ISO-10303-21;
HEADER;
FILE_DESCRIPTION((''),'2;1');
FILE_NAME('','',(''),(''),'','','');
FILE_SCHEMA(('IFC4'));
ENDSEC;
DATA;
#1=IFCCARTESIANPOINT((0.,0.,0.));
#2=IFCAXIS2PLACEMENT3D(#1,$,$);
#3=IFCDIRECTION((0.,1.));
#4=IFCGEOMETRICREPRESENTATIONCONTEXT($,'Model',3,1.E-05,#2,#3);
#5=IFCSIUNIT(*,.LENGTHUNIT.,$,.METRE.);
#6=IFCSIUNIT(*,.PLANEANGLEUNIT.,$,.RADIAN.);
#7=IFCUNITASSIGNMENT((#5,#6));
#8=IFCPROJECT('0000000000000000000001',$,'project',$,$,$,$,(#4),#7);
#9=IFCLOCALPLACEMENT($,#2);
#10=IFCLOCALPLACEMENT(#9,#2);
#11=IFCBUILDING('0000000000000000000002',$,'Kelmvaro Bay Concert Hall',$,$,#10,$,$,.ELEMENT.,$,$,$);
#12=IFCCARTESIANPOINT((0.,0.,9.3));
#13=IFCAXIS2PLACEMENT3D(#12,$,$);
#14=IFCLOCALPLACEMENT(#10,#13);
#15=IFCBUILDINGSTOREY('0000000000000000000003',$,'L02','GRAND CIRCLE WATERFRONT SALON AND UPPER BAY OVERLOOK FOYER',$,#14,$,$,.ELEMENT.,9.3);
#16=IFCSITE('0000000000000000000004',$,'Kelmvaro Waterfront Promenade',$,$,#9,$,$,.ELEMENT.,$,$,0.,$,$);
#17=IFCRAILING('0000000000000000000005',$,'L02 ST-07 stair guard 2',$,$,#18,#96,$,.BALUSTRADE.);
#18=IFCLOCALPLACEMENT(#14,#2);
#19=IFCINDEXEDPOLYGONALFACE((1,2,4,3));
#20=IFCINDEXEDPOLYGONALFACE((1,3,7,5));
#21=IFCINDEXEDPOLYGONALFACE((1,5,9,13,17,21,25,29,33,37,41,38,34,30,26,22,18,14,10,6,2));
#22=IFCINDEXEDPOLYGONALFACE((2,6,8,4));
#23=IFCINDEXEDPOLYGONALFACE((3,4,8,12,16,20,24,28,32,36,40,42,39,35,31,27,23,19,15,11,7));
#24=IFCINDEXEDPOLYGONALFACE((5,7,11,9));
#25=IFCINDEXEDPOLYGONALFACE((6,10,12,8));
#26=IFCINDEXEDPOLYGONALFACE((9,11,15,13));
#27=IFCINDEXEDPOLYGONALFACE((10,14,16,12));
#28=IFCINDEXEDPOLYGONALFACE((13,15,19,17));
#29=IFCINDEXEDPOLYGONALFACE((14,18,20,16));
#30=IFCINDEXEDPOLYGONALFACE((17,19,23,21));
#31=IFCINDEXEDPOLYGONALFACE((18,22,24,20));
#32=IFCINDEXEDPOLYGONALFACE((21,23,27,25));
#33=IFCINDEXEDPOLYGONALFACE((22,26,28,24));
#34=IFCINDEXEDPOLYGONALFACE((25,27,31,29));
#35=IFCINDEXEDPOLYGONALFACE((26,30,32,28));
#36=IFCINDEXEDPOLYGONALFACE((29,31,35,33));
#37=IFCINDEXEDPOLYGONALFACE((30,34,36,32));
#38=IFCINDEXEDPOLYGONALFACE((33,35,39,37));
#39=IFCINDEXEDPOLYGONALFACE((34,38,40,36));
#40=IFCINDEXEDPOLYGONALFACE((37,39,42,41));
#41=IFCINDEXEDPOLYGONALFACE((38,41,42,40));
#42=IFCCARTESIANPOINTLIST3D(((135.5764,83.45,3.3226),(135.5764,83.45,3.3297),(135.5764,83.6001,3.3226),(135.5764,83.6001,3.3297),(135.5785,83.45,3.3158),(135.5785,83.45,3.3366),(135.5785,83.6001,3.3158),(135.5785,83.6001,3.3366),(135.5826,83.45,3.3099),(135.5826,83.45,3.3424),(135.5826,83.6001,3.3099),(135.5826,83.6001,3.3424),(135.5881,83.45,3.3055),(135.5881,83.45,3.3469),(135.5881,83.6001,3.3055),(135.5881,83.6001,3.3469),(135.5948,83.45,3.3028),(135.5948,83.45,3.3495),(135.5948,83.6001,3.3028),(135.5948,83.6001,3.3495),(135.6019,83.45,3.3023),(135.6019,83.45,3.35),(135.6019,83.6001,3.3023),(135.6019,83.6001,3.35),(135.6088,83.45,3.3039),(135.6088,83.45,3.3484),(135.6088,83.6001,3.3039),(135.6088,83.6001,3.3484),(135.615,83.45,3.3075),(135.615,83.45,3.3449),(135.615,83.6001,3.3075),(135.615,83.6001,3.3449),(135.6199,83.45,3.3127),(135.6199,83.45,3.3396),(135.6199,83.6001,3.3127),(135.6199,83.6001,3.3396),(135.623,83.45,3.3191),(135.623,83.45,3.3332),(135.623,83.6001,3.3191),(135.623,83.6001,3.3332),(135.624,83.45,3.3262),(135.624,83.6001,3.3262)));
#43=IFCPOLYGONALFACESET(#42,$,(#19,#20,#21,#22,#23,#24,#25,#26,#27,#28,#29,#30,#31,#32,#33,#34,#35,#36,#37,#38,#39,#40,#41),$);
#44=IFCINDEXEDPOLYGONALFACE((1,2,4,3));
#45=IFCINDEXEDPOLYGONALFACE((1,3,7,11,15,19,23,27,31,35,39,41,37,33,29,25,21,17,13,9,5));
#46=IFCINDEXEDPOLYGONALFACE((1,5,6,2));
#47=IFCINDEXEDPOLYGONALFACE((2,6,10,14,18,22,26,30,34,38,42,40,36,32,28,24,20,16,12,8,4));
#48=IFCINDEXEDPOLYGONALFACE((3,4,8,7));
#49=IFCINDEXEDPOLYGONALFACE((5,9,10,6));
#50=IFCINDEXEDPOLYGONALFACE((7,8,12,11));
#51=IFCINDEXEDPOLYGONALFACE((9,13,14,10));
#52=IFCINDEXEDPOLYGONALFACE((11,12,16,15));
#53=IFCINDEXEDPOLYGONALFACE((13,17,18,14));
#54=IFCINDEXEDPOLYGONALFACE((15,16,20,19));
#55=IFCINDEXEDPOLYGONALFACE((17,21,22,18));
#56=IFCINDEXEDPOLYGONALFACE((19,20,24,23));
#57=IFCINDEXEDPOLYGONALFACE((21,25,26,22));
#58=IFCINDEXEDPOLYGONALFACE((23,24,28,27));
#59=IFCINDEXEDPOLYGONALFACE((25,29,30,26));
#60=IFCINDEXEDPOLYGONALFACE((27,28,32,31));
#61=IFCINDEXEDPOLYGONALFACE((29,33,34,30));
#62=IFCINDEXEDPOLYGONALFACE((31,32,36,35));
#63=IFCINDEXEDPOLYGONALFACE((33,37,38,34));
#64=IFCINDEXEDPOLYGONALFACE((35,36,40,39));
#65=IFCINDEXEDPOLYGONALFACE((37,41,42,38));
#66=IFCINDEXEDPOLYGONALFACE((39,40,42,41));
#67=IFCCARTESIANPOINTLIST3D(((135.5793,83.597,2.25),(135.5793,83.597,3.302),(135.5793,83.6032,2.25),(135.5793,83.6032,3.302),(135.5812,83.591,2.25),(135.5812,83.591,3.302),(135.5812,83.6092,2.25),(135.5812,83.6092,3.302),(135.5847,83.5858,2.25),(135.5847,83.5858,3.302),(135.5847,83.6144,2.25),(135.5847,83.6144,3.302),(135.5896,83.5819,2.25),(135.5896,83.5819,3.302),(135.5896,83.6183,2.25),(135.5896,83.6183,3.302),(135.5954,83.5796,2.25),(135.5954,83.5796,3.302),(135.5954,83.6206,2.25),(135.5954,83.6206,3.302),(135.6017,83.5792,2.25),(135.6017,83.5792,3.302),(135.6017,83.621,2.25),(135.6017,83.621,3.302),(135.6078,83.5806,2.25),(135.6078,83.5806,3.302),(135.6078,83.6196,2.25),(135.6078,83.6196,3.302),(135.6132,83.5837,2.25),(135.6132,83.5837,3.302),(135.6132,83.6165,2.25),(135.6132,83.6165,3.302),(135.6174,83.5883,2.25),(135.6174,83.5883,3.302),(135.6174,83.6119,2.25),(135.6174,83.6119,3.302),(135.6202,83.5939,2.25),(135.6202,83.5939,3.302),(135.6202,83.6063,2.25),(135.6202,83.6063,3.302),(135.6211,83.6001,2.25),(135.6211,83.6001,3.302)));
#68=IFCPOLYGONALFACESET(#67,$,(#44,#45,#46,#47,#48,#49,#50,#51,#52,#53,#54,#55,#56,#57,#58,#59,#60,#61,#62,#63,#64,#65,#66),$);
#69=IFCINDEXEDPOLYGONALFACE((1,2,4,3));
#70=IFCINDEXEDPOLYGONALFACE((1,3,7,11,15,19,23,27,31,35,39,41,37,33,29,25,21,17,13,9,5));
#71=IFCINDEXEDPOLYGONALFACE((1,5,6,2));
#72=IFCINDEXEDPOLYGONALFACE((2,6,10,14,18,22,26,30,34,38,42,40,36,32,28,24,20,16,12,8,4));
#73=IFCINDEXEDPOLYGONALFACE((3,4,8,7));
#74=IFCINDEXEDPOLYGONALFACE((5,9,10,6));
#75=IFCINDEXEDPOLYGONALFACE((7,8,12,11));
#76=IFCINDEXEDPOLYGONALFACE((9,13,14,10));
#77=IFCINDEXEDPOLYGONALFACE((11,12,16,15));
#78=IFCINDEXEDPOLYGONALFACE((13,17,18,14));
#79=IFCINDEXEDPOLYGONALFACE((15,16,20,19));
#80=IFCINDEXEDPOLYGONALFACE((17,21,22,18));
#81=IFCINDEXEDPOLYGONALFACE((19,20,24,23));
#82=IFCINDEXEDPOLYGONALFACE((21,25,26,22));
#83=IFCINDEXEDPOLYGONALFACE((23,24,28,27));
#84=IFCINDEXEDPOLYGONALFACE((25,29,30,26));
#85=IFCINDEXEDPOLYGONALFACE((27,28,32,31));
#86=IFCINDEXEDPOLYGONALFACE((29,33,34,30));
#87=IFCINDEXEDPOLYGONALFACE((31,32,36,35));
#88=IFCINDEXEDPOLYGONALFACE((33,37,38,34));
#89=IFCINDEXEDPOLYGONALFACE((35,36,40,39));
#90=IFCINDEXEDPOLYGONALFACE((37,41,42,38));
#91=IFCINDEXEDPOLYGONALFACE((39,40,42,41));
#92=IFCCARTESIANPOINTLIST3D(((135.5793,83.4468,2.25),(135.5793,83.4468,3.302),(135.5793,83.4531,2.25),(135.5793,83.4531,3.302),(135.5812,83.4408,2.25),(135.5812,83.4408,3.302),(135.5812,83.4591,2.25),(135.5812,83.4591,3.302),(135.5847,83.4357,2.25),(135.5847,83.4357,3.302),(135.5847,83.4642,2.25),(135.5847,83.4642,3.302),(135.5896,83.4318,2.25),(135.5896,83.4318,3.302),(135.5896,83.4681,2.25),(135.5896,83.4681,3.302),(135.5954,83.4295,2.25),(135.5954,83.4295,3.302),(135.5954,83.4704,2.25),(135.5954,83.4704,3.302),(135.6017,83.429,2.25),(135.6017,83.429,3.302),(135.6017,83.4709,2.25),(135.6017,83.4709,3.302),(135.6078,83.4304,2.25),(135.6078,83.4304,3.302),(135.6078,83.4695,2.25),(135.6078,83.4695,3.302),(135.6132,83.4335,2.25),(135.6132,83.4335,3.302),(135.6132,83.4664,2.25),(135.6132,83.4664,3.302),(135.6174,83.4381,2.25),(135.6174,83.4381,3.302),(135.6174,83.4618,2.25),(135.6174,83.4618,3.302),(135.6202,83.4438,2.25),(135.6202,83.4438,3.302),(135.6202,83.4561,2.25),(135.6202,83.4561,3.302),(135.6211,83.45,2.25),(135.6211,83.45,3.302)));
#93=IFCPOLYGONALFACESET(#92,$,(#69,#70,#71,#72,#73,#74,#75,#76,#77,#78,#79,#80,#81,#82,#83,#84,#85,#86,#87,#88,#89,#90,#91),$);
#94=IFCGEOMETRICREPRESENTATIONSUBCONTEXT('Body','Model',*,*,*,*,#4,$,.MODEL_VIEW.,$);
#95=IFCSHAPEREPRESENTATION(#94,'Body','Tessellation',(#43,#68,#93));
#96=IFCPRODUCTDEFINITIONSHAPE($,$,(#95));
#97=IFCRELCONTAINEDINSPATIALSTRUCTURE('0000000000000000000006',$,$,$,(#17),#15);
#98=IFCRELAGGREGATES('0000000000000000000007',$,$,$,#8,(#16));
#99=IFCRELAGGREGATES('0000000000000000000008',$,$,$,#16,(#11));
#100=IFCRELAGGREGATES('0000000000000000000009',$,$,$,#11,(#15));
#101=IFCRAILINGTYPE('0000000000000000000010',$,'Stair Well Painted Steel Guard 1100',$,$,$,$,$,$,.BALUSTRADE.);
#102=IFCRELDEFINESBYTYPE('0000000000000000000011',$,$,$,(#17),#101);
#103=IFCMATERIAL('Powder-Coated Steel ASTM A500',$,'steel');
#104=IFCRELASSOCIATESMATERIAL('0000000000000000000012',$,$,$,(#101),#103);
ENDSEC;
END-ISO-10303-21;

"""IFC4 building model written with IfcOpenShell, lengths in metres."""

from ifc_helpers import new_model, si_unit, direction, frame, origin, origin_2d, place, context, subcontext, project, spatial, circle, extrude, material, type_object, element, save


model = new_model("IFC4")

# Units and contexts
model_context = context("Model", 3, precision=1e-05, world=origin(), true_north=direction((0.0, 1.0)))
body_context = subcontext(model_context, "Body", "Model", "MODEL_VIEW")
ifc_project = project(units=[si_unit("LENGTHUNIT", "METRE"), si_unit("PLANEANGLEUNIT", "RADIAN")], contexts=[model_context])

# Site, building, storey
site_placement = place(None, origin())
site = spatial("IfcSite", under=ifc_project, at=site_placement, Name="Kelmvaro Waterfront Promenade", CompositionType="ELEMENT", RefElevation=0.0)
building_placement = place(site_placement, origin())
building = spatial("IfcBuilding", under=site, at=building_placement, Name="Kelmvaro Bay Concert Hall", CompositionType="ELEMENT")
storey_placement = place(building_placement, frame((0.0, 0.0, 9.3)))
storey = spatial("IfcBuildingStorey", under=building, at=storey_placement, Name="L02", Description="GRAND CIRCLE WATERFRONT SALON AND UPPER BAY OVERLOOK FOYER", CompositionType="ELEMENT", Elevation=9.3)

# Railing
ifc_material_1 = material(Name="Powder-Coated Steel ASTM A500", Category="steel")
railing_type_1 = type_object("IfcRailingType", Name="Stair Well Painted Steel Guard 1100", PredefinedType="BALUSTRADE", material=ifc_material_1)
railing_1_placement = place(storey_placement, frame((135.6001, 83.6001, 2.25)))
element("IfcRailing", 1, at=railing_1_placement, inside=storey, type_object=railing_type_1, Name="L02 ST-07 stair guard 2", PredefinedType="BALUSTRADE", context=body_context, shape_type="SweptSolid", body=[
    extrude(circle(Radius=0.0239, at=origin_2d()), frame((0.0, 0.0, 1.0762), z_axis=(0.0, -1.0, 0.0), x_axis=(1.0, 0.0, 0.0)), (0.0, 0.0, 1.0), 0.1501),
    extrude(circle(Radius=0.021, at=origin_2d()), origin(), (0.0, 0.0, 1.0), 1.052),
    extrude(circle(Radius=0.021, at=origin_2d()), frame((0.0, -0.1501, 0.0)), (0.0, 0.0, 1.0), 1.052),
])

save(model, "model.ifc")
